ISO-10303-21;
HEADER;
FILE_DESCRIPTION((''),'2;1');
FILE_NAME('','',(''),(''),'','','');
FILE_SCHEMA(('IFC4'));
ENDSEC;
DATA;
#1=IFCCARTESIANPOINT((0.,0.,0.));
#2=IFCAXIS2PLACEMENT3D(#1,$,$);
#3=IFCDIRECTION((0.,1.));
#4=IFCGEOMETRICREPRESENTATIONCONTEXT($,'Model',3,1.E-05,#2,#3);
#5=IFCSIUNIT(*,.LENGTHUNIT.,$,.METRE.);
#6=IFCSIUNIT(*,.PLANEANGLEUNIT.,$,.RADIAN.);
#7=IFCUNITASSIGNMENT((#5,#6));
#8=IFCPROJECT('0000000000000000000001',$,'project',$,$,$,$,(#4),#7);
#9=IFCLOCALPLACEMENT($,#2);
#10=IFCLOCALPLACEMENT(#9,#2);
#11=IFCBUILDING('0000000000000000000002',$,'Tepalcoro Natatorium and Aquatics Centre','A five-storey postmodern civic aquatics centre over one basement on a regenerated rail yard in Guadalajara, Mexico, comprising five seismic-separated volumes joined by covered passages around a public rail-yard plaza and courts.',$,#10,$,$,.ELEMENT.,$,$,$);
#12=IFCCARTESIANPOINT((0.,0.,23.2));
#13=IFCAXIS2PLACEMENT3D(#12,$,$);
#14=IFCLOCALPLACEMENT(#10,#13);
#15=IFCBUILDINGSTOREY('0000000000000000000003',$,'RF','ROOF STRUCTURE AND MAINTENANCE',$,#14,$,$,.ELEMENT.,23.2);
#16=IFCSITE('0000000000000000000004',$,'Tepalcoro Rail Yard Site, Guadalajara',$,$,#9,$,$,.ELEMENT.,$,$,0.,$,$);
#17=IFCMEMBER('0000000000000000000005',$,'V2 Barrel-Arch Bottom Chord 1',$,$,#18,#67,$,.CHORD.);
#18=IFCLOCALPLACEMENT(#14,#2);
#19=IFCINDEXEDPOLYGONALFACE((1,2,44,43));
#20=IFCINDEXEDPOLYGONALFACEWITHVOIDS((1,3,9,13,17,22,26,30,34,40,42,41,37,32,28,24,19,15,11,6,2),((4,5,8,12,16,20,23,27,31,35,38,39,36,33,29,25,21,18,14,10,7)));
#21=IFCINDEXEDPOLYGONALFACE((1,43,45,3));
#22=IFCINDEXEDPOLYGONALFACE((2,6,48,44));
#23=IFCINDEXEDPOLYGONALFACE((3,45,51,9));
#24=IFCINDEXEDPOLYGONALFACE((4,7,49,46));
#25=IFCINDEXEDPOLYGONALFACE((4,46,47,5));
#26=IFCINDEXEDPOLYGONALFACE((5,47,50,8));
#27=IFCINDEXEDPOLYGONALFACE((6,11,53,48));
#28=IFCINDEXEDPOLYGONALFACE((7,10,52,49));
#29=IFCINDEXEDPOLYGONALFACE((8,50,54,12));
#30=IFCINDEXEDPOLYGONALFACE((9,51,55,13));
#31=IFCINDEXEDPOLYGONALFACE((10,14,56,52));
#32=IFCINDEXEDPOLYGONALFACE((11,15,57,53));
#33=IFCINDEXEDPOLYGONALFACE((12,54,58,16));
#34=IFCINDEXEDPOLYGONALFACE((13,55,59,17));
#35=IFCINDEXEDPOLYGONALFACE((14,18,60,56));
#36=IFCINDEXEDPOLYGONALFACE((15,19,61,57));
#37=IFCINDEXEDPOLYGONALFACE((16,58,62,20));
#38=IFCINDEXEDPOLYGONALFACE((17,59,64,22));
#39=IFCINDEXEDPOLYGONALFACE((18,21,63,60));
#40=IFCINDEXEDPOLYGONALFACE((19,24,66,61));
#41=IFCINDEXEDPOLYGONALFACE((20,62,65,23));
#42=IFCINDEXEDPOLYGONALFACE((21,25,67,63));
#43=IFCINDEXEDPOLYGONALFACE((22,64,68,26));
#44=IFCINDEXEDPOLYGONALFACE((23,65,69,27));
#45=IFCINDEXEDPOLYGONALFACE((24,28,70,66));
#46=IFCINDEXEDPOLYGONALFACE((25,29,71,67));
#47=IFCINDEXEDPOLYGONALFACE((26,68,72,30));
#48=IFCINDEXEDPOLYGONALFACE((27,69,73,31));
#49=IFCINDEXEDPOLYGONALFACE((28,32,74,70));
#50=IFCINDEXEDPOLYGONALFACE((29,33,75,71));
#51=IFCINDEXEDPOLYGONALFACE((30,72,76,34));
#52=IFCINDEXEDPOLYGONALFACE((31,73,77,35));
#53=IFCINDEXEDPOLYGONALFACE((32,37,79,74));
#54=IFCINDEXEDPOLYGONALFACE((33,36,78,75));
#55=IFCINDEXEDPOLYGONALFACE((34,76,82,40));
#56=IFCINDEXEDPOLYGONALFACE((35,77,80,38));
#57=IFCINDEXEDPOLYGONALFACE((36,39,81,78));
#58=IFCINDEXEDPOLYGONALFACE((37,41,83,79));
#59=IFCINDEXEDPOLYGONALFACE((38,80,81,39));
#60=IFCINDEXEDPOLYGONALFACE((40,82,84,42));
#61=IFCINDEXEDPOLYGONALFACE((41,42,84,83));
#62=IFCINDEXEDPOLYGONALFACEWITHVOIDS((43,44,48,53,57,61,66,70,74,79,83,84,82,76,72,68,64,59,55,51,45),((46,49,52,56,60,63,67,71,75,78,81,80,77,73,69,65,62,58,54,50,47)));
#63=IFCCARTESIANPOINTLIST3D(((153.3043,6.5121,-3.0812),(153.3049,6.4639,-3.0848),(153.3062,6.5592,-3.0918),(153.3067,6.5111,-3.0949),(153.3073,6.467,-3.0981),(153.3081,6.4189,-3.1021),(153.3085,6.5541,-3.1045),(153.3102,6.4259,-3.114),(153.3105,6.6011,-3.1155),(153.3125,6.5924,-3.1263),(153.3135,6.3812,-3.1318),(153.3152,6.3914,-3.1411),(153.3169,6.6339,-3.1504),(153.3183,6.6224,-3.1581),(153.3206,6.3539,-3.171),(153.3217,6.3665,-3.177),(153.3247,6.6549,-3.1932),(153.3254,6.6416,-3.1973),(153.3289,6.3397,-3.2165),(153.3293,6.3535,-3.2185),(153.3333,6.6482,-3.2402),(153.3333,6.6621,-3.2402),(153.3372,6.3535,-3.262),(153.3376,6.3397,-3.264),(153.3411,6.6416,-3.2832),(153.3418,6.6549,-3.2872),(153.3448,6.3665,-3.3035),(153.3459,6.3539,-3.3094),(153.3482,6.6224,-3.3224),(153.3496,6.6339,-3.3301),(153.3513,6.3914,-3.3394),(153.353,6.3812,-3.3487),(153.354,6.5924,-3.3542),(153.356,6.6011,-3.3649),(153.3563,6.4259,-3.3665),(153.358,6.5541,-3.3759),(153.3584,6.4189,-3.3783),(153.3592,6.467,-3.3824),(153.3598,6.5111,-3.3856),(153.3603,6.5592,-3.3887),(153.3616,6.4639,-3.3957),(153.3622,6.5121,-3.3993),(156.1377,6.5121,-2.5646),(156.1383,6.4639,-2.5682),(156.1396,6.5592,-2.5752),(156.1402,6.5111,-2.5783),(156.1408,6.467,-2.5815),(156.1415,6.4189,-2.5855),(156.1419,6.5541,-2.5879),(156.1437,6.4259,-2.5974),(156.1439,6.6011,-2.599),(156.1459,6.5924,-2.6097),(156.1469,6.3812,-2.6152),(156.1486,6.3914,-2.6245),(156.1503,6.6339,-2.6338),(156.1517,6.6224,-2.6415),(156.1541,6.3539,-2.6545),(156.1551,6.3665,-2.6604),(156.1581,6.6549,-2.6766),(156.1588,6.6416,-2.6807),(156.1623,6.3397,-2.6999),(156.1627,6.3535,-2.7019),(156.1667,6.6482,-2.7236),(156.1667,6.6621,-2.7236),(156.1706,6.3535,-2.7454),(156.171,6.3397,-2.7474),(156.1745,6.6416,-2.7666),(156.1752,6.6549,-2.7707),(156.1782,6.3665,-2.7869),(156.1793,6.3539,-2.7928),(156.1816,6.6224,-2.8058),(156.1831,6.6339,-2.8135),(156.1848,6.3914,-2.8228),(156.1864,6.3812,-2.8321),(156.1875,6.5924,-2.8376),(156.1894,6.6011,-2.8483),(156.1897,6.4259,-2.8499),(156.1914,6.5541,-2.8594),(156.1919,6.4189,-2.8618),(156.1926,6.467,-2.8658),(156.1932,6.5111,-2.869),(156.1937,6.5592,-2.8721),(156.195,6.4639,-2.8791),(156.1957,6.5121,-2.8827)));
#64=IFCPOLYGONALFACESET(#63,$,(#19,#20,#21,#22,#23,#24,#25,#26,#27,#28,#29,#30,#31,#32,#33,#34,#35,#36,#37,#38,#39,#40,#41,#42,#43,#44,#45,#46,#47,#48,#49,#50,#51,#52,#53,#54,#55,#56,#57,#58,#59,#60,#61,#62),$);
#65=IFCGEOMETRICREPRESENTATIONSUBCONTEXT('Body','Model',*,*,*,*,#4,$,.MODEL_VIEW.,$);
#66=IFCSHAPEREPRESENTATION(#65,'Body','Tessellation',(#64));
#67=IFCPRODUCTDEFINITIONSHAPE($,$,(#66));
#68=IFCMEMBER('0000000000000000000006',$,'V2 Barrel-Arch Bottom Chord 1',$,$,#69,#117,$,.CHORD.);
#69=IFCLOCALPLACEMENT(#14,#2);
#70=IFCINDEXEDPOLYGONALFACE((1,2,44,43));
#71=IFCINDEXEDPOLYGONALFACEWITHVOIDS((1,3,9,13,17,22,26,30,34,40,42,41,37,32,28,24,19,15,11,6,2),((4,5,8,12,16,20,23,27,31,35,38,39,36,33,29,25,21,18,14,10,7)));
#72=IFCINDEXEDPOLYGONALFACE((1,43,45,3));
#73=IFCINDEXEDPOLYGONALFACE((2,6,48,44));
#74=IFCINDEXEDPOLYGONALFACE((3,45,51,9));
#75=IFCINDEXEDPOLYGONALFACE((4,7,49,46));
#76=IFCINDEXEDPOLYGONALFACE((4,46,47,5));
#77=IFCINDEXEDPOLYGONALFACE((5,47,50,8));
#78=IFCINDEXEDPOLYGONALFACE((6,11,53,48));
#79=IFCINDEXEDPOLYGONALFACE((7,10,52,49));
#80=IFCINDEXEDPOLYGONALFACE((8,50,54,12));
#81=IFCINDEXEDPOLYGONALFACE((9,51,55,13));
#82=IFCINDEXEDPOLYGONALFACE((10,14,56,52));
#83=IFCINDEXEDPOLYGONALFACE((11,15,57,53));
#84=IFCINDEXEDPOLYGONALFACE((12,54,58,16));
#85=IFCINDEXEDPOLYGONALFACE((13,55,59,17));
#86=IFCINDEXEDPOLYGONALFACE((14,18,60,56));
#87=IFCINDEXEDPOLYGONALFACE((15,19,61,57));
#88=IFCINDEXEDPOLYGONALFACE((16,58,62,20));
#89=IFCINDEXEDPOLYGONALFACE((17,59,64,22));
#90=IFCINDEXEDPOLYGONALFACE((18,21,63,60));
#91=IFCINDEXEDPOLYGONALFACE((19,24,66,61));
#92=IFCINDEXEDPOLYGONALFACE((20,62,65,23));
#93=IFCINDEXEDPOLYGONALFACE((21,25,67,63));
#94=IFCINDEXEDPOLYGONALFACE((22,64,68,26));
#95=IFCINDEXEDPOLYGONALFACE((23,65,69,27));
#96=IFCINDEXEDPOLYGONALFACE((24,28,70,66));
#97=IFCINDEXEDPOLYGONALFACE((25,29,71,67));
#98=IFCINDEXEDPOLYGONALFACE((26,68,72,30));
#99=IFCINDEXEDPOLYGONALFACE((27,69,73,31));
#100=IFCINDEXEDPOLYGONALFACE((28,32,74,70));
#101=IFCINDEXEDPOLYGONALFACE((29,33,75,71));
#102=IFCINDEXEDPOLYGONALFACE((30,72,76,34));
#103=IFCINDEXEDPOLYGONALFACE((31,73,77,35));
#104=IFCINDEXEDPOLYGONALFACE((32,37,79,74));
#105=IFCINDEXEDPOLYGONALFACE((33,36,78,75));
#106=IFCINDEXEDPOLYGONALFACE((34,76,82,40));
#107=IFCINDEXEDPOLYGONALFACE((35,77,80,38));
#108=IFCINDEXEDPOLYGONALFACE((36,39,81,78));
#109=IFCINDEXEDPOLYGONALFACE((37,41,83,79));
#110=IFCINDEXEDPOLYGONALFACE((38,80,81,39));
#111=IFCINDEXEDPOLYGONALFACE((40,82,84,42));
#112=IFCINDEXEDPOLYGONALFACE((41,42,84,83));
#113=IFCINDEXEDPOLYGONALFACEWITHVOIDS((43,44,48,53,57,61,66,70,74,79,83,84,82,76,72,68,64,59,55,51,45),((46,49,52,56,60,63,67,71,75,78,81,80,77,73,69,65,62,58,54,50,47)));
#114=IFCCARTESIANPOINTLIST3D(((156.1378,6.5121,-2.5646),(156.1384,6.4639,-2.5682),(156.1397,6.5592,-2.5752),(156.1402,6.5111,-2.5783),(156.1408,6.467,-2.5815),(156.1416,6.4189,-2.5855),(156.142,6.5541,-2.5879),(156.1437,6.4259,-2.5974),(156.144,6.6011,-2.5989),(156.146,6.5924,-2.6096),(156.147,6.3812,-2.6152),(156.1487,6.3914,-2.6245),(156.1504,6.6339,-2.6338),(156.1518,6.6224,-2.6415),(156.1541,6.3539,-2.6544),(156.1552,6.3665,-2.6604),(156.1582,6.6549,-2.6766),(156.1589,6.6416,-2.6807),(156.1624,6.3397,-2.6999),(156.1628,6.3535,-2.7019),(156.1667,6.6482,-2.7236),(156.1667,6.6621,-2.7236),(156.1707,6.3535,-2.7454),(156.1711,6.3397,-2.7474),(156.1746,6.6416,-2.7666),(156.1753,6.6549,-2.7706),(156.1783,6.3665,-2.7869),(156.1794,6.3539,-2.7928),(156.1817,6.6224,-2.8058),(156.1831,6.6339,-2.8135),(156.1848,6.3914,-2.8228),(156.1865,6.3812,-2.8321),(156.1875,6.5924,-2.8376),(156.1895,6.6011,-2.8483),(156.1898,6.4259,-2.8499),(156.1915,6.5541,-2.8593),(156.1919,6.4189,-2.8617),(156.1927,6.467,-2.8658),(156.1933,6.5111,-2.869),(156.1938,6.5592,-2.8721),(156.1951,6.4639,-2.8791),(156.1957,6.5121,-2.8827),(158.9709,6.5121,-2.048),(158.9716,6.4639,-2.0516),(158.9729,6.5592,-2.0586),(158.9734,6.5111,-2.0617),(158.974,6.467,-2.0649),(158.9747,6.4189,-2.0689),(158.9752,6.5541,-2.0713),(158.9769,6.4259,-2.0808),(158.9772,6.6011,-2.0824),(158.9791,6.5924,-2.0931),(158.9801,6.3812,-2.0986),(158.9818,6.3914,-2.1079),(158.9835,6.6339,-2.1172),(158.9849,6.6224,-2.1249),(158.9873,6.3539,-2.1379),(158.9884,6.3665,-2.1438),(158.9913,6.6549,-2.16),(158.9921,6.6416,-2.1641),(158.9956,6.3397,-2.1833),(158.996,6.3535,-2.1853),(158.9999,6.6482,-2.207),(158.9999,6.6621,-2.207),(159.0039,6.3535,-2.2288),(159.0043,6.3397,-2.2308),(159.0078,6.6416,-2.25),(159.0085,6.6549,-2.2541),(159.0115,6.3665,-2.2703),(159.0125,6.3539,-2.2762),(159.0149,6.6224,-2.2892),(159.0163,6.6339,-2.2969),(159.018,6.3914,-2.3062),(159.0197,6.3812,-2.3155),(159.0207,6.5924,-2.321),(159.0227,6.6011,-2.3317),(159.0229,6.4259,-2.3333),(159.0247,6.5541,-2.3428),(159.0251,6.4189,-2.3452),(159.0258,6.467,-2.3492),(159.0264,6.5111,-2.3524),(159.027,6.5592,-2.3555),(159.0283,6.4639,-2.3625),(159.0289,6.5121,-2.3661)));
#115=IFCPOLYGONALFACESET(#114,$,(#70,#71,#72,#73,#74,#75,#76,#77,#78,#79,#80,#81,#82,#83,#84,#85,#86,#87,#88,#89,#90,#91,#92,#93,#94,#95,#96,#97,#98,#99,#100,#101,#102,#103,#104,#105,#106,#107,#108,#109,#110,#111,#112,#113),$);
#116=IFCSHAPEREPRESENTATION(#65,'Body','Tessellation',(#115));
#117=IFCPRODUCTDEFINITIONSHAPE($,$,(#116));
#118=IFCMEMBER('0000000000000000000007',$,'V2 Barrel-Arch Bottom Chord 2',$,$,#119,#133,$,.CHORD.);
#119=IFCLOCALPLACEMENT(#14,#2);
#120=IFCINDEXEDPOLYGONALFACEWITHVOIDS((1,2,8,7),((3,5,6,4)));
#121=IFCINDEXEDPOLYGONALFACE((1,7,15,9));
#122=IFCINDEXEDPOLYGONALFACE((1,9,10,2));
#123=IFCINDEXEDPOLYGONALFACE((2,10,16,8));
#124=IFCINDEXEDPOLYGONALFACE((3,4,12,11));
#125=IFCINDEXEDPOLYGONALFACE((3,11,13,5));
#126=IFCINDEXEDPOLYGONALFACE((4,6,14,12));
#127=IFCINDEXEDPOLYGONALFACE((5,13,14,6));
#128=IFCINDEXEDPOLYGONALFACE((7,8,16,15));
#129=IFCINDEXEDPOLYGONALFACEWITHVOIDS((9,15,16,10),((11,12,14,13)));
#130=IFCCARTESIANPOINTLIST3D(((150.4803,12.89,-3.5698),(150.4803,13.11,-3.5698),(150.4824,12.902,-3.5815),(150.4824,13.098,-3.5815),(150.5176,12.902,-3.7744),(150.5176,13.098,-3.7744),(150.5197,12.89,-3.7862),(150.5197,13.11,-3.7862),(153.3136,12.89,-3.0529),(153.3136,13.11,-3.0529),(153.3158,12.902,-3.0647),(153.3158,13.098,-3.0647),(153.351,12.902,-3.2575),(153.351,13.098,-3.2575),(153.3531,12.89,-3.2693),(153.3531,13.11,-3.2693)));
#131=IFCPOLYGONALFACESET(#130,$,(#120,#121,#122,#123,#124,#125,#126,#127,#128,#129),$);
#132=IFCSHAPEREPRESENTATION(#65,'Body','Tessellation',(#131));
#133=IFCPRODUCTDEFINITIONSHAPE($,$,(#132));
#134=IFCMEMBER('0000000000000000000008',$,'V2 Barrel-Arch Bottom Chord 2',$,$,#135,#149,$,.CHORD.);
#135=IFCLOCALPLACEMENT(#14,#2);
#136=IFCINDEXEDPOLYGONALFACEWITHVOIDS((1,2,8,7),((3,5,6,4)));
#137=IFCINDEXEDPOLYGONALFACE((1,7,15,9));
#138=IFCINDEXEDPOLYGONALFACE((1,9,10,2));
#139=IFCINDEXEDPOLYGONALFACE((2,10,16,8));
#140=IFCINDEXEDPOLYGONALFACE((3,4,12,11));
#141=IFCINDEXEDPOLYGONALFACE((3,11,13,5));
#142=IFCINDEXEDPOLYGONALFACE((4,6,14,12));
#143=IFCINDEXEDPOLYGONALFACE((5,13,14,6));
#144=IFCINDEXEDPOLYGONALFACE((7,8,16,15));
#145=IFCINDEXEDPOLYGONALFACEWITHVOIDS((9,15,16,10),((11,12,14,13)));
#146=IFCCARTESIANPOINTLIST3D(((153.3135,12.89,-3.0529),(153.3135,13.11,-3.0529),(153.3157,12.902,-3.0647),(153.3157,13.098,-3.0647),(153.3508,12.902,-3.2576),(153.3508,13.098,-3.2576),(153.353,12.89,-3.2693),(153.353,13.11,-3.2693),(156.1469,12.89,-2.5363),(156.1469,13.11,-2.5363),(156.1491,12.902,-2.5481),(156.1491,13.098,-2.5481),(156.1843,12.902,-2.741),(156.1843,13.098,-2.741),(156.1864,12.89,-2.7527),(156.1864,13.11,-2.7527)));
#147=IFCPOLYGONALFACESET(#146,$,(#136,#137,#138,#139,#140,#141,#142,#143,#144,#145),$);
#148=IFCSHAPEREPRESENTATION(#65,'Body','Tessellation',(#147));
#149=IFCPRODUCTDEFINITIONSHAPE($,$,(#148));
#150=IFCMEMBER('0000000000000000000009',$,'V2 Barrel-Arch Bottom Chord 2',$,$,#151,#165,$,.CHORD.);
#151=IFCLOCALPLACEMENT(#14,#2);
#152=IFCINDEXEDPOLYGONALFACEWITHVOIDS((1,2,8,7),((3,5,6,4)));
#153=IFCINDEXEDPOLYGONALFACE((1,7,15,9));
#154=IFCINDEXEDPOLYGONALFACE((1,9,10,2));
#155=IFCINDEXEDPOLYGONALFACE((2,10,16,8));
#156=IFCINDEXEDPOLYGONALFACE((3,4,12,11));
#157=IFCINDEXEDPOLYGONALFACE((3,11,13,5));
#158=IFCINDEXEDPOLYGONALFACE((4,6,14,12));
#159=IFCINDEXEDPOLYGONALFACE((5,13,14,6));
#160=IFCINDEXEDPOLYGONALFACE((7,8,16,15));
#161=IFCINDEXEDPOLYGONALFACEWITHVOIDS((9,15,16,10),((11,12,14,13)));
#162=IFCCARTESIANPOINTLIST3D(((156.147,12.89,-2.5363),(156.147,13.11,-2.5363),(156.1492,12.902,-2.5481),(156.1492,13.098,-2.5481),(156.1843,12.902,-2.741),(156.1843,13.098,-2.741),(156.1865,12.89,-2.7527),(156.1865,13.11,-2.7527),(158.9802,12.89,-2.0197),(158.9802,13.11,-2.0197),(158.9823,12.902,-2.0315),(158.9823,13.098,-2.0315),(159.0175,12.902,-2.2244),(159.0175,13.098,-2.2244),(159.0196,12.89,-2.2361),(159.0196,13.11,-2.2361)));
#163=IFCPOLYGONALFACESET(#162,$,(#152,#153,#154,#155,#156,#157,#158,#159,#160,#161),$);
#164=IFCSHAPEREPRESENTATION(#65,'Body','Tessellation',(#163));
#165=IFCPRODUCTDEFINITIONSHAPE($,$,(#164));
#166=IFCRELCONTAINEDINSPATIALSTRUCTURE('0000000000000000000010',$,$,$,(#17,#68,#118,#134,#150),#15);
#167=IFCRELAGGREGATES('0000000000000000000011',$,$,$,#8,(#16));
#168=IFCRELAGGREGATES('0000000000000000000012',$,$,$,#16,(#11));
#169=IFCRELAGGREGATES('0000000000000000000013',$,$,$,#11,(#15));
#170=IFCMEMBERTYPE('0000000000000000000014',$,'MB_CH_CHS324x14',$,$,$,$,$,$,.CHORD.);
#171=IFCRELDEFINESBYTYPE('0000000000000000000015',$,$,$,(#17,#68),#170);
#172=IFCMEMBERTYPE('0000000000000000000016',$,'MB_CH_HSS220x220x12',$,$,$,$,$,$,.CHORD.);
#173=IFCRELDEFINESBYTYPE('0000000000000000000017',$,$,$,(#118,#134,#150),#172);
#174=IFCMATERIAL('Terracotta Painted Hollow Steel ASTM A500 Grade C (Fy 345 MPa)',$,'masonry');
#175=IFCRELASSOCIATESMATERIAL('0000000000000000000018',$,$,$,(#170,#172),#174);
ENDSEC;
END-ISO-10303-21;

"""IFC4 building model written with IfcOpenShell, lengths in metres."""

from ifc_helpers import new_model, si_unit, direction, frame, origin, origin_2d, place, context, subcontext, project, spatial, hollow_rectangle, hollow_circle, extrude, material, material_profile, profile_set, type_object, element, save


model = new_model("IFC4")

# Units and contexts
model_context = context("Model", 3, precision=1e-05, world=origin(), true_north=direction((0.0, 1.0)))
body_context = subcontext(model_context, "Body", "Model", "MODEL_VIEW")
ifc_project = project(units=[si_unit("LENGTHUNIT", "METRE"), si_unit("PLANEANGLEUNIT", "RADIAN")], contexts=[model_context])

# Site, building, storey
site_placement = place(None, origin())
site = spatial("IfcSite", under=ifc_project, at=site_placement, Name="Tepalcoro Rail Yard Site, Guadalajara", CompositionType="ELEMENT", RefElevation=0.0)
building_placement = place(site_placement, origin())
building = spatial("IfcBuilding", under=site, at=building_placement, Name="Tepalcoro Natatorium and Aquatics Centre", Description="A five-storey postmodern civic aquatics centre over one basement on a regenerated rail yard in Guadalajara, Mexico, comprising five seismic-separated volumes joined by covered passages around a public rail-yard plaza and courts.", CompositionType="ELEMENT")
storey_placement = place(building_placement, frame((0.0, 0.0, 23.2)))
storey = spatial("IfcBuildingStorey", under=building, at=storey_placement, Name="RF", Description="ROOF STRUCTURE AND MAINTENANCE", CompositionType="ELEMENT", Elevation=23.2)

# Shared definitions
ifc_material_1 = material(Name="Terracotta Painted Hollow Steel ASTM A500 Grade C (Fy 345 MPa)", Category="masonry")

# Members
ifc_material_profile_1 = material_profile(ifc_material_1, hollow_circle(Radius=0.1621, WallThickness=0.0139, at=origin_2d()), Name="CHS324X14")
ifc_profile_set_1 = profile_set([ifc_material_profile_1], Name="Terracotta Painted Hollow Steel ASTM A500 Grade C (Fy 345 MPa)")
member_type_1 = type_object("IfcMemberType", Name="MB_CH_CHS324x14", PredefinedType="CHORD", material=ifc_profile_set_1)
member_1_placement = place(storey_placement, frame((153.3333, 6.5, -3.2402), z_axis=(0.983783, 0.0, 0.179363), x_axis=(0.0, 1.0, 0.0)))
element("IfcMember", 1, at=member_1_placement, inside=storey, type_object=member_type_1, Name="V2 Barrel-Arch Bottom Chord 1", PredefinedType="CHORD", context=body_context, shape_type="SweptSolid", body=[
    extrude(hollow_circle(Radius=0.1621, WallThickness=0.0139, at=origin_2d()), origin(), (0.0, 0.0, 1.0), 2.8801),
])
member_2_placement = place(storey_placement, frame((156.1667, 6.5, -2.7236), z_axis=(0.98378, 0.0, 0.179378), x_axis=(0.0, 1.0, 0.0)))
element("IfcMember", 2, at=member_2_placement, inside=storey, type_object=member_type_1, Name="V2 Barrel-Arch Bottom Chord 1", PredefinedType="CHORD", context=body_context, shape_type="SweptSolid", body=[
    extrude(hollow_circle(Radius=0.1621, WallThickness=0.0139, at=origin_2d()), origin(), (0.0, 0.0, 1.0), 2.8799),
])
ifc_material_profile_2 = material_profile(ifc_material_1, hollow_rectangle(XDim=0.22, YDim=0.22, WallThickness=0.012, at=origin_2d()), Name="HSS220X220X12")
ifc_profile_set_2 = profile_set([ifc_material_profile_2], Name="Terracotta Painted Hollow Steel ASTM A500 Grade C (Fy 345 MPa)")
member_type_2 = type_object("IfcMemberType", Name="MB_CH_HSS220x220x12", PredefinedType="CHORD", material=ifc_profile_set_2)
for number, where, z_axis, x_axis, name in (
    (3, (150.5, 13.0, -3.678), (0.983765, 0.0, 0.17946), (0.0, 1.0, 0.0), "V2 Barrel-Arch Bottom Chord 2"),
    (4, (153.3333, 13.0, -3.1611), (0.983783, 0.0, 0.179363), (0.0, 1.0, 0.0), "V2 Barrel-Arch Bottom Chord 2"),
):
    element("IfcMember", number, at=place(storey_placement, frame(where, z_axis=z_axis, x_axis=x_axis)), inside=storey, type_object=member_type_2, Name=name, PredefinedType="CHORD", context=body_context, shape_type="SweptSolid", body=[
        extrude(hollow_rectangle(XDim=0.22, YDim=0.22, WallThickness=0.012, at=origin_2d()), origin(), (0.0, 0.0, 1.0), 2.8801),
    ])
member_3_placement = place(storey_placement, frame((156.1667, 13.0, -2.6445), z_axis=(0.98378, 0.0, 0.179378), x_axis=(0.0, 1.0, 0.0)))
element("IfcMember", 5, at=member_3_placement, inside=storey, type_object=member_type_2, Name="V2 Barrel-Arch Bottom Chord 2", PredefinedType="CHORD", context=body_context, shape_type="SweptSolid", body=[
    extrude(hollow_rectangle(XDim=0.22, YDim=0.22, WallThickness=0.012, at=origin_2d()), origin(), (0.0, 0.0, 1.0), 2.8799),
])

save(model, "model.ifc")
